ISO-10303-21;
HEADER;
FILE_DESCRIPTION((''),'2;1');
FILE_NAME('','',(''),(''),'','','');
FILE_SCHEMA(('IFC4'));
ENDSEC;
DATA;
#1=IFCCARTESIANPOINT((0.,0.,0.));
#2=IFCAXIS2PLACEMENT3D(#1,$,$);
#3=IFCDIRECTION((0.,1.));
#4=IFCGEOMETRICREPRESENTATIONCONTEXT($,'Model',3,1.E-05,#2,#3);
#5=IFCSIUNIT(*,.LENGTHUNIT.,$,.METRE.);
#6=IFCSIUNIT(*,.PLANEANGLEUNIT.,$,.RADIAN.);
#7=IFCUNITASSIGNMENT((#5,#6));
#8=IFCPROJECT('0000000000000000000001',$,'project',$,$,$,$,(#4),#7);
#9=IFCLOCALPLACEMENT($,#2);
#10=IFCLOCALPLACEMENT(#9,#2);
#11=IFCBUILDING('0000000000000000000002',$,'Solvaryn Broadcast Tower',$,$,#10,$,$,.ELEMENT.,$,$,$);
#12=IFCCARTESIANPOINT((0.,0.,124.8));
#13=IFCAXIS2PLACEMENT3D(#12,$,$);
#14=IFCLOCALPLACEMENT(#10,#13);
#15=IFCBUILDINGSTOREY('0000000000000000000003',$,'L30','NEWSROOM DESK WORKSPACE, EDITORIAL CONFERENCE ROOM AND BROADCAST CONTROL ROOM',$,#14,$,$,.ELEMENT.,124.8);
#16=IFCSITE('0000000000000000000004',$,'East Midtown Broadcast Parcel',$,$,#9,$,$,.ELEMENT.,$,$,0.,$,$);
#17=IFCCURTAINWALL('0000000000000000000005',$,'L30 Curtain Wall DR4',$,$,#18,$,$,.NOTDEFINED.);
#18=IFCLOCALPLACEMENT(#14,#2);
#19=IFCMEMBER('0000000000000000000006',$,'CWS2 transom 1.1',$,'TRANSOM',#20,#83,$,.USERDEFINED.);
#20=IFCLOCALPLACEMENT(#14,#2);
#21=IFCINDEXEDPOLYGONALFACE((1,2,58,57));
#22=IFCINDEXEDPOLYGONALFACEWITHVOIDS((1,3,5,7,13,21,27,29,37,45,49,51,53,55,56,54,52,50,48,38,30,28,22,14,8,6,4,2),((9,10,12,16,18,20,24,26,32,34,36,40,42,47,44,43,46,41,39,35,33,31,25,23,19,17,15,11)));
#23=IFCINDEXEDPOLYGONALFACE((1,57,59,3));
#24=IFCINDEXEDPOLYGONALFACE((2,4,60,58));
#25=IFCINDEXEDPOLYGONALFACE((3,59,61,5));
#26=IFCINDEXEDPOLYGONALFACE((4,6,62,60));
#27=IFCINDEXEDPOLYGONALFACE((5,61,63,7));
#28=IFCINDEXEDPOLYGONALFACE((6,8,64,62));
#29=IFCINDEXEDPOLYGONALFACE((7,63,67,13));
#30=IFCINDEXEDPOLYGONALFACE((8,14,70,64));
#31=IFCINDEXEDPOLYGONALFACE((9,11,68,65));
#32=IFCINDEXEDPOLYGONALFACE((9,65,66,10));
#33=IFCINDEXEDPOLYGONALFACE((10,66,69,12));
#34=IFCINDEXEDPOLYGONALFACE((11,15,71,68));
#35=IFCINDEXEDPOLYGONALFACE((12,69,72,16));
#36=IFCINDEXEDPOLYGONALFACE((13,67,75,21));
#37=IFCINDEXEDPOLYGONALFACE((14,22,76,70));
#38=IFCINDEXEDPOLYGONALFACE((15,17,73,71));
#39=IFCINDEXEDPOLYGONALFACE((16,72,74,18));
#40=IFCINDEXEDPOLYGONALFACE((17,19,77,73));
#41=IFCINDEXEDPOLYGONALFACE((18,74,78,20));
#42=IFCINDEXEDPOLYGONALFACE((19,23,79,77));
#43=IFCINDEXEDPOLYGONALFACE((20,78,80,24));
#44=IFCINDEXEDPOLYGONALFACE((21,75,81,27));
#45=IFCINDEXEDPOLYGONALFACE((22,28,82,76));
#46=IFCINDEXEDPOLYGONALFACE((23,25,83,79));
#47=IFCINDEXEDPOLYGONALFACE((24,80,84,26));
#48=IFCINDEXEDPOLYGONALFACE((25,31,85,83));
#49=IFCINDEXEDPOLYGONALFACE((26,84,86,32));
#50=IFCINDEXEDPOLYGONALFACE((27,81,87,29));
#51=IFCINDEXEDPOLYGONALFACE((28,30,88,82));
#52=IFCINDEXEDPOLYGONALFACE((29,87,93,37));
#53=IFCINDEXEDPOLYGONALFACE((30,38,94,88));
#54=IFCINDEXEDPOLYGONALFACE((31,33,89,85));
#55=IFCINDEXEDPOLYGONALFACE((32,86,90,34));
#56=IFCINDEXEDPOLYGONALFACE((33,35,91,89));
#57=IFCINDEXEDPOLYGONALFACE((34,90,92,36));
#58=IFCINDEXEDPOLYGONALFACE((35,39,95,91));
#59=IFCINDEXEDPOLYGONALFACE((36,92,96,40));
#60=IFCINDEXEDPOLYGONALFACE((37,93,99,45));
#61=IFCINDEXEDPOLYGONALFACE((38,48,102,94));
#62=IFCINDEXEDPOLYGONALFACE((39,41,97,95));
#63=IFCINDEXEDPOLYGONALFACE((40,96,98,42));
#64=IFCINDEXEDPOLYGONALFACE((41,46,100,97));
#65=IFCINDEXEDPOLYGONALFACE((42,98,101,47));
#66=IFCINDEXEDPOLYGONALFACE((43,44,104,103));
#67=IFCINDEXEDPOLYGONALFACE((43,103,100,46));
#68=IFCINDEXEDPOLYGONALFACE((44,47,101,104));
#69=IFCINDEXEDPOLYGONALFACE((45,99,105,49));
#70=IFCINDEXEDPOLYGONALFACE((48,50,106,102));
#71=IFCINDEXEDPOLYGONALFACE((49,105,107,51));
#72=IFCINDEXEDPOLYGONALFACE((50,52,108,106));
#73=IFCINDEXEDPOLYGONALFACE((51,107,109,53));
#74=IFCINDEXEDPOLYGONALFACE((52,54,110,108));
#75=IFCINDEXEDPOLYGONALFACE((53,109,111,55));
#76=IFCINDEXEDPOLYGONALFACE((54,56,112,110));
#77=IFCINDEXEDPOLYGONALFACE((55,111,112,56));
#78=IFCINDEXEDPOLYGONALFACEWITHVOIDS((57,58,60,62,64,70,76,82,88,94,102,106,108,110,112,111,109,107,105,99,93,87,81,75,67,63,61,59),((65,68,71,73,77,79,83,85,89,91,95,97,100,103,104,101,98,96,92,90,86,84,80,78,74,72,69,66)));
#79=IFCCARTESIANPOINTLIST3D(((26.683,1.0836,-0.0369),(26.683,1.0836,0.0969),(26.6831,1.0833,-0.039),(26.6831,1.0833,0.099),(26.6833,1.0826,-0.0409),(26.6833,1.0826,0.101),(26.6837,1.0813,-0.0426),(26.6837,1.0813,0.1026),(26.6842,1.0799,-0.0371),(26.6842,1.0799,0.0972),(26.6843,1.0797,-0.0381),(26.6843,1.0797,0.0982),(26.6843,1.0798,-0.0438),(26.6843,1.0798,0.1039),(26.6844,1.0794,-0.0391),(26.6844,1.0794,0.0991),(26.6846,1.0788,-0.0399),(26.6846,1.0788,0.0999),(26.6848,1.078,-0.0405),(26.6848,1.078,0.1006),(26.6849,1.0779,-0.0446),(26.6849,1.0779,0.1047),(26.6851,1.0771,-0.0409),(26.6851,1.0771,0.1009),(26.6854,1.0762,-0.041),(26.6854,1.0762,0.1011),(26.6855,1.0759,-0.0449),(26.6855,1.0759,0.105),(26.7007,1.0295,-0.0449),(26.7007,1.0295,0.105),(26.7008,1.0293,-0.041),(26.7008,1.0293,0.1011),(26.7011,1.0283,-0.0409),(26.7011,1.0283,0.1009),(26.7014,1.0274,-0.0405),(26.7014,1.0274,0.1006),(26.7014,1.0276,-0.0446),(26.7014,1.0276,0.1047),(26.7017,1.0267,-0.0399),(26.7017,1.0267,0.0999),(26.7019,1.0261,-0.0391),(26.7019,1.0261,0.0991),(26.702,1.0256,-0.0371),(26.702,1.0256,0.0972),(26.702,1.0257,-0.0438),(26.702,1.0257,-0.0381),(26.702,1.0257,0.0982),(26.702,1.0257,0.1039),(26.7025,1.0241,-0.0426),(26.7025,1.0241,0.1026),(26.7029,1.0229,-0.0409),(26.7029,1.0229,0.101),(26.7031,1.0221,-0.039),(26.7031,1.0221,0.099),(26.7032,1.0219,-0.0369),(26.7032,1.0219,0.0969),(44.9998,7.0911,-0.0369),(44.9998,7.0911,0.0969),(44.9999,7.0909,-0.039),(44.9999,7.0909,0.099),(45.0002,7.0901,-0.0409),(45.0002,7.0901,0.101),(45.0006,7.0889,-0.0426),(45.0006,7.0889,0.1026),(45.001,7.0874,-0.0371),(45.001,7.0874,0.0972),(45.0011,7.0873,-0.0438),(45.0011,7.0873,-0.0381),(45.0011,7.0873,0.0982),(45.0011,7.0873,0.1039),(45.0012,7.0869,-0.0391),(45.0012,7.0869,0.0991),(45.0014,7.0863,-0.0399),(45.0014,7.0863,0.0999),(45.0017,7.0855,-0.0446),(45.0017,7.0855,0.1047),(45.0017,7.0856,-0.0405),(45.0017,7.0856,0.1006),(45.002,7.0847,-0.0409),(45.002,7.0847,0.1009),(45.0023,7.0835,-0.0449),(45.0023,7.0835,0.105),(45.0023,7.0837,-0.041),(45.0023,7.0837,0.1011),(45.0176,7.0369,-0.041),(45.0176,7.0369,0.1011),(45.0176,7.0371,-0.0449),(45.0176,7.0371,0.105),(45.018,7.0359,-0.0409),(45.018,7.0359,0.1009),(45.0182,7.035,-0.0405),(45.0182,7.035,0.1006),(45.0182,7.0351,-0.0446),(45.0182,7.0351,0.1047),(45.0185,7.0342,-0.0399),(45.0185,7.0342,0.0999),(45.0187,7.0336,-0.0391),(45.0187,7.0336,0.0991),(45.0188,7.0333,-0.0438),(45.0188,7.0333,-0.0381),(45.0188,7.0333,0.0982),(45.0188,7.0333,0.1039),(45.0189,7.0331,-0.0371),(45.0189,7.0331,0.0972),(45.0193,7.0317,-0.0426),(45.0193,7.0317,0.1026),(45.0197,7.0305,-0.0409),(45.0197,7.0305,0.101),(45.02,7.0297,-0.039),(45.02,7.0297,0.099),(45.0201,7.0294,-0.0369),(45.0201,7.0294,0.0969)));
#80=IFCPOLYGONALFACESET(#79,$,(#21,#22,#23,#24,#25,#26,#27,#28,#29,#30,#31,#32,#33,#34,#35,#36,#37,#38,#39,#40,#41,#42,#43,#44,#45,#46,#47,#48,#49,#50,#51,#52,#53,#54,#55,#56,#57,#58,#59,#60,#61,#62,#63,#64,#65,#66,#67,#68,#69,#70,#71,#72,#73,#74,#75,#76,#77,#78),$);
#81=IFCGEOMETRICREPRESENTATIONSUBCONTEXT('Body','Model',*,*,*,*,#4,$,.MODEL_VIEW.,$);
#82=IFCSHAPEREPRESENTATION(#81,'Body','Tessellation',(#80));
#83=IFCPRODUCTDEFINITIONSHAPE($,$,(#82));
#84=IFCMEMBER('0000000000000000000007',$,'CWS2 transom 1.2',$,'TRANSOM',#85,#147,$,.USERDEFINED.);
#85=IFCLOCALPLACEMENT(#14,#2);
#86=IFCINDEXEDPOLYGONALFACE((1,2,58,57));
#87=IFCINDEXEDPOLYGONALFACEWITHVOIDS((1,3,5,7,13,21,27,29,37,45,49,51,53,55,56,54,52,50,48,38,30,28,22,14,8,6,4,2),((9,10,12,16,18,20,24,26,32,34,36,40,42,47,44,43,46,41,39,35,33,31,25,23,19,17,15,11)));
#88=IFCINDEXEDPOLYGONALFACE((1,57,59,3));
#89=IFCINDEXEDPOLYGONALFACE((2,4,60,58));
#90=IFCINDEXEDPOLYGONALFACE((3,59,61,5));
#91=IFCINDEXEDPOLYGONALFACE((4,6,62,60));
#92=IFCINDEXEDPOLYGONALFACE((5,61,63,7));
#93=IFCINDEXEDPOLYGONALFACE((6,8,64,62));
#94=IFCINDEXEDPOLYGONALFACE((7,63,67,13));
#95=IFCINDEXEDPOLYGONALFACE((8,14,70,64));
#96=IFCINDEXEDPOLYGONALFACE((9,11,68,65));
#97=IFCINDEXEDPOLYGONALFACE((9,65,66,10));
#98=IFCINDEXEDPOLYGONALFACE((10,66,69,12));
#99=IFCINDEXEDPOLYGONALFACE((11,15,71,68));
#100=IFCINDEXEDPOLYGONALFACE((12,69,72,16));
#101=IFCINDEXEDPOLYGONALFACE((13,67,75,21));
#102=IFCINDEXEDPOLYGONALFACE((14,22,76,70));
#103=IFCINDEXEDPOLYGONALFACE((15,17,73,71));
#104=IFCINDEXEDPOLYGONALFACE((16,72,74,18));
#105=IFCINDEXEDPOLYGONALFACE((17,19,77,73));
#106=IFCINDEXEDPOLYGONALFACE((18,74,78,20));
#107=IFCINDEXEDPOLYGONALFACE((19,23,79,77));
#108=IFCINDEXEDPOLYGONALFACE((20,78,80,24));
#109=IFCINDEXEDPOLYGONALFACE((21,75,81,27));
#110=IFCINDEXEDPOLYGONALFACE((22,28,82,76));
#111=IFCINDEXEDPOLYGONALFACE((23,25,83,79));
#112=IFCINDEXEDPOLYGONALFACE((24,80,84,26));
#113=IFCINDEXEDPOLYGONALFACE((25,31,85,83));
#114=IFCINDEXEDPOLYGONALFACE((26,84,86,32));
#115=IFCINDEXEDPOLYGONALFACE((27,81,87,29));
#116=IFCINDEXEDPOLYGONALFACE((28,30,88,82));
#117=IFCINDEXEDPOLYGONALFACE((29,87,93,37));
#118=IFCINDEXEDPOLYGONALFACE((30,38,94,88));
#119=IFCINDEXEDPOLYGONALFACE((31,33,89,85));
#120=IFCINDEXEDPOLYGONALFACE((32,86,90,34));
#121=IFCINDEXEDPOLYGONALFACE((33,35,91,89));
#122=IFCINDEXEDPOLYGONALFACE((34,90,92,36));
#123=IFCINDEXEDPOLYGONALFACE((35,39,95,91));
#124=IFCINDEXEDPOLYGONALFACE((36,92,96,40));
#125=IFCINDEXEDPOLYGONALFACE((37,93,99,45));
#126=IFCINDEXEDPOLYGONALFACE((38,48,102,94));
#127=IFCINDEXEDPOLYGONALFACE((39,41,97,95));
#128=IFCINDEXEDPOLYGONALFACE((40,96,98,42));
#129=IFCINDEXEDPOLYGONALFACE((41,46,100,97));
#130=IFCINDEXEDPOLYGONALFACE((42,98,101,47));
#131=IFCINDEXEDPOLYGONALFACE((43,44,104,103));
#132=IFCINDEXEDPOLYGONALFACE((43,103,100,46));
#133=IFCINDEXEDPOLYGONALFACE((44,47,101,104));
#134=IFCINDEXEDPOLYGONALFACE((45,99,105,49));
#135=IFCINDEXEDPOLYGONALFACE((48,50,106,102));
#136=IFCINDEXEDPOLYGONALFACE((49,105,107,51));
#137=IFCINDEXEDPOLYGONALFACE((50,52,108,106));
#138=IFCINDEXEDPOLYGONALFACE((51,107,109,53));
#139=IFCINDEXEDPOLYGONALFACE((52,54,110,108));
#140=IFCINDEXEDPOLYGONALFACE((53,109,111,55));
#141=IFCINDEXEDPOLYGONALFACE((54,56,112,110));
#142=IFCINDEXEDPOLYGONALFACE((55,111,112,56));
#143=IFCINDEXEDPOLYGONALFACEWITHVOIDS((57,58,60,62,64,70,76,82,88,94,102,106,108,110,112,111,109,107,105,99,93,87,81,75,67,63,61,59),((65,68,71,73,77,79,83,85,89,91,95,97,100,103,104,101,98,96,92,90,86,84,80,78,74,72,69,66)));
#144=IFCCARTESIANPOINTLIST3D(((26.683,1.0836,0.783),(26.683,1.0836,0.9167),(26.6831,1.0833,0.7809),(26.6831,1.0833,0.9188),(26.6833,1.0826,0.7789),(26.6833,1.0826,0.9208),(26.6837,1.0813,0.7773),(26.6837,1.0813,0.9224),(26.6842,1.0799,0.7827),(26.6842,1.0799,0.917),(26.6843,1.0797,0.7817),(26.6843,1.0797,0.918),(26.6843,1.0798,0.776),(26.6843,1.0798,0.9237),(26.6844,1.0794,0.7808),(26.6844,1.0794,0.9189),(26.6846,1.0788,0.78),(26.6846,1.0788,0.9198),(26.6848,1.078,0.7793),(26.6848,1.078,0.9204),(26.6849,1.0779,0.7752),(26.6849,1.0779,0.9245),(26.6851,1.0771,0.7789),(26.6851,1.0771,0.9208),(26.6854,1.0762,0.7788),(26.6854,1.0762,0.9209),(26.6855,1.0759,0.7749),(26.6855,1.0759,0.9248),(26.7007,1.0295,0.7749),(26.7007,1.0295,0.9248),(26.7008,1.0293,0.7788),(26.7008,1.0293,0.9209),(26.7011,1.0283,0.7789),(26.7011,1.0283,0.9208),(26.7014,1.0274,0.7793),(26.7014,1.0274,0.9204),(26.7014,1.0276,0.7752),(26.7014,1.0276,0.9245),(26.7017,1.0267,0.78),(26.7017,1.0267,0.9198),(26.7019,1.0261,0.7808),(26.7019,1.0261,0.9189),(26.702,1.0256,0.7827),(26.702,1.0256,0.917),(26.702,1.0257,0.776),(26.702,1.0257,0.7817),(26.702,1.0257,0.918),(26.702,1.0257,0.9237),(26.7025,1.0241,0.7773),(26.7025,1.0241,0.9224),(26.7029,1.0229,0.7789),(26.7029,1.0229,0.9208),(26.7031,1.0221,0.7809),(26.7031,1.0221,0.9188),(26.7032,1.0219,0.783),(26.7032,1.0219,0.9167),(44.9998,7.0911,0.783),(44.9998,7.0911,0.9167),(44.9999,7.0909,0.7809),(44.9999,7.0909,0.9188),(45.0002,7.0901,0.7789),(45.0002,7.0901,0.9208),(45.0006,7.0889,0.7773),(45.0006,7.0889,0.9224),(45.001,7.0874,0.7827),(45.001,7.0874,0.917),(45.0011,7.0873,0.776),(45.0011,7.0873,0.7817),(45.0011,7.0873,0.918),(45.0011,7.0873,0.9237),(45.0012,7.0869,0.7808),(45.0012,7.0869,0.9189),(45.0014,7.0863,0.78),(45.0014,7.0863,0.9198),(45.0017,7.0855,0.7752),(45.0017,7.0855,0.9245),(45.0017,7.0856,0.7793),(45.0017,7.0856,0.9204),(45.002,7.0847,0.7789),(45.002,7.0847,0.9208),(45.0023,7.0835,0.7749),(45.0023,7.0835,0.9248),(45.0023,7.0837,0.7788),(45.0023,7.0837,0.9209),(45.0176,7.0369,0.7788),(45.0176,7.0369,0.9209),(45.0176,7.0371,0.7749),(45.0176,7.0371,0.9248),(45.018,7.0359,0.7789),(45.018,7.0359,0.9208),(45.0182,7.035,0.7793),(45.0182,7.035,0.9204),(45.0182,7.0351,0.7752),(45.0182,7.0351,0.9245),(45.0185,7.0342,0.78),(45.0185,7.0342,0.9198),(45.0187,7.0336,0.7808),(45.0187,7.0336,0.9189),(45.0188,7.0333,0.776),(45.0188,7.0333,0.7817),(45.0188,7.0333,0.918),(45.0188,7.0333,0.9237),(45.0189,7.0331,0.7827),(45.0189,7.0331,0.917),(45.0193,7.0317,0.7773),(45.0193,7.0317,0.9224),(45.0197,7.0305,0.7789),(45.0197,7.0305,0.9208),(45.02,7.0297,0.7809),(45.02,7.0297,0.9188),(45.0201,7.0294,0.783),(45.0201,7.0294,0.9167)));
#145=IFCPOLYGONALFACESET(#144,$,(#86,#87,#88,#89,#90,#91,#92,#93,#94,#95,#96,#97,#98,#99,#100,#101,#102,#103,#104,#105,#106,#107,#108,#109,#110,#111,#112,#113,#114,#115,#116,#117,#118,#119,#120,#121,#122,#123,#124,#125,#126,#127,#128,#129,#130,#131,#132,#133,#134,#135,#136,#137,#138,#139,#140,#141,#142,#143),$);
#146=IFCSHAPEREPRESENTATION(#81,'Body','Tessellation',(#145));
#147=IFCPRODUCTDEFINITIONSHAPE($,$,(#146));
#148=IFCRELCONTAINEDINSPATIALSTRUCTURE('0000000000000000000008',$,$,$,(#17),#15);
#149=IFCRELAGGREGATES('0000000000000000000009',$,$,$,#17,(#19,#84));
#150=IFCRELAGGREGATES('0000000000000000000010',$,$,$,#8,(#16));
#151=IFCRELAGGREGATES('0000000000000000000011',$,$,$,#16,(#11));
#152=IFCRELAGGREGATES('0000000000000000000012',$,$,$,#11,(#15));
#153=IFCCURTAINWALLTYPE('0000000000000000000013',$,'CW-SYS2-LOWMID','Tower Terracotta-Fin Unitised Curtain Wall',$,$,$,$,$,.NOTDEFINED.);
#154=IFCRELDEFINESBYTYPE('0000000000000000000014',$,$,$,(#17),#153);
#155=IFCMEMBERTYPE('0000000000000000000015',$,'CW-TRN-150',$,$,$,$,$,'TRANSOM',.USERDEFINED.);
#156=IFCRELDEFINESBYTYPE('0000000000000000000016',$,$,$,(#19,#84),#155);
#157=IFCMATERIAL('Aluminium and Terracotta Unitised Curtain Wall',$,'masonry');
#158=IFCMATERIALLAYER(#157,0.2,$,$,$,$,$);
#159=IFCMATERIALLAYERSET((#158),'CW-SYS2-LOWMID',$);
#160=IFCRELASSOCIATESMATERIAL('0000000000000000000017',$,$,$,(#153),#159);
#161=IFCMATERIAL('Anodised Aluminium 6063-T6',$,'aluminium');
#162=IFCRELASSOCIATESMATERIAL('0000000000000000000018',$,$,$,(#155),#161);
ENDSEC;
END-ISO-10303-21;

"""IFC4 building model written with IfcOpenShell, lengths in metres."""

from ifc_helpers import new_model, si_unit, direction, frame, origin, origin_2d, place, context, subcontext, project, spatial, hollow_rectangle, extrude, material, layer, layer_set, material_profile, profile_set, type_object, element, aggregate, save


model = new_model("IFC4")

# Units and contexts
model_context = context("Model", 3, precision=1e-05, world=origin(), true_north=direction((0.0, 1.0)))
body_context = subcontext(model_context, "Body", "Model", "MODEL_VIEW")
ifc_project = project(units=[si_unit("LENGTHUNIT", "METRE"), si_unit("PLANEANGLEUNIT", "RADIAN")], contexts=[model_context])

# Site, building, storey
site_placement = place(None, origin())
site = spatial("IfcSite", under=ifc_project, at=site_placement, Name="East Midtown Broadcast Parcel", CompositionType="ELEMENT", RefElevation=0.0)
building_placement = place(site_placement, origin())
building = spatial("IfcBuilding", under=site, at=building_placement, Name="Solvaryn Broadcast Tower", CompositionType="ELEMENT")
storey_placement = place(building_placement, frame((0.0, 0.0, 124.8)))
storey = spatial("IfcBuildingStorey", under=building, at=storey_placement, Name="L30", Description="NEWSROOM DESK WORKSPACE, EDITORIAL CONFERENCE ROOM AND BROADCAST CONTROL ROOM", CompositionType="ELEMENT", Elevation=124.8)

# Shared definitions
ifc_material_1 = material(Name="Aluminium and Terracotta Unitised Curtain Wall", Category="masonry")
ifc_layer_1 = layer(ifc_material_1, 0.2)
ifc_layer_set_1 = layer_set([ifc_layer_1], Name="CW-SYS2-LOWMID")
curtain_wall_type = type_object("IfcCurtainWallType", Name="CW-SYS2-LOWMID", Description="Tower Terracotta-Fin Unitised Curtain Wall", PredefinedType="NOTDEFINED", material=ifc_layer_set_1)

# Curtain wall, members
curtain_wall_1_placement = place(storey_placement, origin())
curtain_wall_1 = element("IfcCurtainWall", 1, at=curtain_wall_1_placement, inside=storey, type_object=curtain_wall_type, Name="L30 Curtain Wall DR4", PredefinedType="NOTDEFINED")
ifc_material_2 = material(Name="Anodised Aluminium 6063-T6", Category="aluminium")
ifc_material_profile_1 = material_profile(ifc_material_2, hollow_rectangle(XDim=0.0649, YDim=0.1499, WallThickness=0.0039, InnerFilletRadius=0.0039, OuterFilletRadius=0.0081, at=origin_2d()))
ifc_profile_set_1 = profile_set([ifc_material_profile_1], Name="Anodised Aluminium 6063-T6")
member_type_1 = type_object("IfcMemberType", Name="CW-TRN-150", ElementType="TRANSOM", PredefinedType="USERDEFINED", material=ifc_profile_set_1)
member_1_placement = place(storey_placement, frame((26.6931, 1.0527, 0.03), z_axis=(0.950198, 0.311646, 0.0), x_axis=(-0.311646, 0.950198, 0.0)))
member_1 = element("IfcMember", 2, at=member_1_placement, type_object=member_type_1, Name="CWS2 transom 1.1", ObjectType="TRANSOM", PredefinedType="USERDEFINED", context=body_context, shape_type="SweptSolid", body=[
    extrude(hollow_rectangle(XDim=0.0649, YDim=0.1499, WallThickness=0.0039, InnerFilletRadius=0.0039, OuterFilletRadius=0.0081, at=origin_2d()), origin(), (0.0, 0.0, 1.0), 19.2769),
])
member_2_placement = place(storey_placement, frame((26.6931, 1.0527, 0.8499), z_axis=(0.950198, 0.311646, 0.0), x_axis=(-0.311646, 0.950198, 0.0)))
member_2 = element("IfcMember", 3, at=member_2_placement, type_object=member_type_1, Name="CWS2 transom 1.2", ObjectType="TRANSOM", PredefinedType="USERDEFINED", context=body_context, shape_type="SweptSolid", body=[
    extrude(hollow_rectangle(XDim=0.0649, YDim=0.1499, WallThickness=0.0039, InnerFilletRadius=0.0039, OuterFilletRadius=0.0081, at=origin_2d()), origin(), (0.0, 0.0, 1.0), 19.2769),
])
aggregate(curtain_wall_1, [member_1, member_2])

save(model, "model.ifc")
